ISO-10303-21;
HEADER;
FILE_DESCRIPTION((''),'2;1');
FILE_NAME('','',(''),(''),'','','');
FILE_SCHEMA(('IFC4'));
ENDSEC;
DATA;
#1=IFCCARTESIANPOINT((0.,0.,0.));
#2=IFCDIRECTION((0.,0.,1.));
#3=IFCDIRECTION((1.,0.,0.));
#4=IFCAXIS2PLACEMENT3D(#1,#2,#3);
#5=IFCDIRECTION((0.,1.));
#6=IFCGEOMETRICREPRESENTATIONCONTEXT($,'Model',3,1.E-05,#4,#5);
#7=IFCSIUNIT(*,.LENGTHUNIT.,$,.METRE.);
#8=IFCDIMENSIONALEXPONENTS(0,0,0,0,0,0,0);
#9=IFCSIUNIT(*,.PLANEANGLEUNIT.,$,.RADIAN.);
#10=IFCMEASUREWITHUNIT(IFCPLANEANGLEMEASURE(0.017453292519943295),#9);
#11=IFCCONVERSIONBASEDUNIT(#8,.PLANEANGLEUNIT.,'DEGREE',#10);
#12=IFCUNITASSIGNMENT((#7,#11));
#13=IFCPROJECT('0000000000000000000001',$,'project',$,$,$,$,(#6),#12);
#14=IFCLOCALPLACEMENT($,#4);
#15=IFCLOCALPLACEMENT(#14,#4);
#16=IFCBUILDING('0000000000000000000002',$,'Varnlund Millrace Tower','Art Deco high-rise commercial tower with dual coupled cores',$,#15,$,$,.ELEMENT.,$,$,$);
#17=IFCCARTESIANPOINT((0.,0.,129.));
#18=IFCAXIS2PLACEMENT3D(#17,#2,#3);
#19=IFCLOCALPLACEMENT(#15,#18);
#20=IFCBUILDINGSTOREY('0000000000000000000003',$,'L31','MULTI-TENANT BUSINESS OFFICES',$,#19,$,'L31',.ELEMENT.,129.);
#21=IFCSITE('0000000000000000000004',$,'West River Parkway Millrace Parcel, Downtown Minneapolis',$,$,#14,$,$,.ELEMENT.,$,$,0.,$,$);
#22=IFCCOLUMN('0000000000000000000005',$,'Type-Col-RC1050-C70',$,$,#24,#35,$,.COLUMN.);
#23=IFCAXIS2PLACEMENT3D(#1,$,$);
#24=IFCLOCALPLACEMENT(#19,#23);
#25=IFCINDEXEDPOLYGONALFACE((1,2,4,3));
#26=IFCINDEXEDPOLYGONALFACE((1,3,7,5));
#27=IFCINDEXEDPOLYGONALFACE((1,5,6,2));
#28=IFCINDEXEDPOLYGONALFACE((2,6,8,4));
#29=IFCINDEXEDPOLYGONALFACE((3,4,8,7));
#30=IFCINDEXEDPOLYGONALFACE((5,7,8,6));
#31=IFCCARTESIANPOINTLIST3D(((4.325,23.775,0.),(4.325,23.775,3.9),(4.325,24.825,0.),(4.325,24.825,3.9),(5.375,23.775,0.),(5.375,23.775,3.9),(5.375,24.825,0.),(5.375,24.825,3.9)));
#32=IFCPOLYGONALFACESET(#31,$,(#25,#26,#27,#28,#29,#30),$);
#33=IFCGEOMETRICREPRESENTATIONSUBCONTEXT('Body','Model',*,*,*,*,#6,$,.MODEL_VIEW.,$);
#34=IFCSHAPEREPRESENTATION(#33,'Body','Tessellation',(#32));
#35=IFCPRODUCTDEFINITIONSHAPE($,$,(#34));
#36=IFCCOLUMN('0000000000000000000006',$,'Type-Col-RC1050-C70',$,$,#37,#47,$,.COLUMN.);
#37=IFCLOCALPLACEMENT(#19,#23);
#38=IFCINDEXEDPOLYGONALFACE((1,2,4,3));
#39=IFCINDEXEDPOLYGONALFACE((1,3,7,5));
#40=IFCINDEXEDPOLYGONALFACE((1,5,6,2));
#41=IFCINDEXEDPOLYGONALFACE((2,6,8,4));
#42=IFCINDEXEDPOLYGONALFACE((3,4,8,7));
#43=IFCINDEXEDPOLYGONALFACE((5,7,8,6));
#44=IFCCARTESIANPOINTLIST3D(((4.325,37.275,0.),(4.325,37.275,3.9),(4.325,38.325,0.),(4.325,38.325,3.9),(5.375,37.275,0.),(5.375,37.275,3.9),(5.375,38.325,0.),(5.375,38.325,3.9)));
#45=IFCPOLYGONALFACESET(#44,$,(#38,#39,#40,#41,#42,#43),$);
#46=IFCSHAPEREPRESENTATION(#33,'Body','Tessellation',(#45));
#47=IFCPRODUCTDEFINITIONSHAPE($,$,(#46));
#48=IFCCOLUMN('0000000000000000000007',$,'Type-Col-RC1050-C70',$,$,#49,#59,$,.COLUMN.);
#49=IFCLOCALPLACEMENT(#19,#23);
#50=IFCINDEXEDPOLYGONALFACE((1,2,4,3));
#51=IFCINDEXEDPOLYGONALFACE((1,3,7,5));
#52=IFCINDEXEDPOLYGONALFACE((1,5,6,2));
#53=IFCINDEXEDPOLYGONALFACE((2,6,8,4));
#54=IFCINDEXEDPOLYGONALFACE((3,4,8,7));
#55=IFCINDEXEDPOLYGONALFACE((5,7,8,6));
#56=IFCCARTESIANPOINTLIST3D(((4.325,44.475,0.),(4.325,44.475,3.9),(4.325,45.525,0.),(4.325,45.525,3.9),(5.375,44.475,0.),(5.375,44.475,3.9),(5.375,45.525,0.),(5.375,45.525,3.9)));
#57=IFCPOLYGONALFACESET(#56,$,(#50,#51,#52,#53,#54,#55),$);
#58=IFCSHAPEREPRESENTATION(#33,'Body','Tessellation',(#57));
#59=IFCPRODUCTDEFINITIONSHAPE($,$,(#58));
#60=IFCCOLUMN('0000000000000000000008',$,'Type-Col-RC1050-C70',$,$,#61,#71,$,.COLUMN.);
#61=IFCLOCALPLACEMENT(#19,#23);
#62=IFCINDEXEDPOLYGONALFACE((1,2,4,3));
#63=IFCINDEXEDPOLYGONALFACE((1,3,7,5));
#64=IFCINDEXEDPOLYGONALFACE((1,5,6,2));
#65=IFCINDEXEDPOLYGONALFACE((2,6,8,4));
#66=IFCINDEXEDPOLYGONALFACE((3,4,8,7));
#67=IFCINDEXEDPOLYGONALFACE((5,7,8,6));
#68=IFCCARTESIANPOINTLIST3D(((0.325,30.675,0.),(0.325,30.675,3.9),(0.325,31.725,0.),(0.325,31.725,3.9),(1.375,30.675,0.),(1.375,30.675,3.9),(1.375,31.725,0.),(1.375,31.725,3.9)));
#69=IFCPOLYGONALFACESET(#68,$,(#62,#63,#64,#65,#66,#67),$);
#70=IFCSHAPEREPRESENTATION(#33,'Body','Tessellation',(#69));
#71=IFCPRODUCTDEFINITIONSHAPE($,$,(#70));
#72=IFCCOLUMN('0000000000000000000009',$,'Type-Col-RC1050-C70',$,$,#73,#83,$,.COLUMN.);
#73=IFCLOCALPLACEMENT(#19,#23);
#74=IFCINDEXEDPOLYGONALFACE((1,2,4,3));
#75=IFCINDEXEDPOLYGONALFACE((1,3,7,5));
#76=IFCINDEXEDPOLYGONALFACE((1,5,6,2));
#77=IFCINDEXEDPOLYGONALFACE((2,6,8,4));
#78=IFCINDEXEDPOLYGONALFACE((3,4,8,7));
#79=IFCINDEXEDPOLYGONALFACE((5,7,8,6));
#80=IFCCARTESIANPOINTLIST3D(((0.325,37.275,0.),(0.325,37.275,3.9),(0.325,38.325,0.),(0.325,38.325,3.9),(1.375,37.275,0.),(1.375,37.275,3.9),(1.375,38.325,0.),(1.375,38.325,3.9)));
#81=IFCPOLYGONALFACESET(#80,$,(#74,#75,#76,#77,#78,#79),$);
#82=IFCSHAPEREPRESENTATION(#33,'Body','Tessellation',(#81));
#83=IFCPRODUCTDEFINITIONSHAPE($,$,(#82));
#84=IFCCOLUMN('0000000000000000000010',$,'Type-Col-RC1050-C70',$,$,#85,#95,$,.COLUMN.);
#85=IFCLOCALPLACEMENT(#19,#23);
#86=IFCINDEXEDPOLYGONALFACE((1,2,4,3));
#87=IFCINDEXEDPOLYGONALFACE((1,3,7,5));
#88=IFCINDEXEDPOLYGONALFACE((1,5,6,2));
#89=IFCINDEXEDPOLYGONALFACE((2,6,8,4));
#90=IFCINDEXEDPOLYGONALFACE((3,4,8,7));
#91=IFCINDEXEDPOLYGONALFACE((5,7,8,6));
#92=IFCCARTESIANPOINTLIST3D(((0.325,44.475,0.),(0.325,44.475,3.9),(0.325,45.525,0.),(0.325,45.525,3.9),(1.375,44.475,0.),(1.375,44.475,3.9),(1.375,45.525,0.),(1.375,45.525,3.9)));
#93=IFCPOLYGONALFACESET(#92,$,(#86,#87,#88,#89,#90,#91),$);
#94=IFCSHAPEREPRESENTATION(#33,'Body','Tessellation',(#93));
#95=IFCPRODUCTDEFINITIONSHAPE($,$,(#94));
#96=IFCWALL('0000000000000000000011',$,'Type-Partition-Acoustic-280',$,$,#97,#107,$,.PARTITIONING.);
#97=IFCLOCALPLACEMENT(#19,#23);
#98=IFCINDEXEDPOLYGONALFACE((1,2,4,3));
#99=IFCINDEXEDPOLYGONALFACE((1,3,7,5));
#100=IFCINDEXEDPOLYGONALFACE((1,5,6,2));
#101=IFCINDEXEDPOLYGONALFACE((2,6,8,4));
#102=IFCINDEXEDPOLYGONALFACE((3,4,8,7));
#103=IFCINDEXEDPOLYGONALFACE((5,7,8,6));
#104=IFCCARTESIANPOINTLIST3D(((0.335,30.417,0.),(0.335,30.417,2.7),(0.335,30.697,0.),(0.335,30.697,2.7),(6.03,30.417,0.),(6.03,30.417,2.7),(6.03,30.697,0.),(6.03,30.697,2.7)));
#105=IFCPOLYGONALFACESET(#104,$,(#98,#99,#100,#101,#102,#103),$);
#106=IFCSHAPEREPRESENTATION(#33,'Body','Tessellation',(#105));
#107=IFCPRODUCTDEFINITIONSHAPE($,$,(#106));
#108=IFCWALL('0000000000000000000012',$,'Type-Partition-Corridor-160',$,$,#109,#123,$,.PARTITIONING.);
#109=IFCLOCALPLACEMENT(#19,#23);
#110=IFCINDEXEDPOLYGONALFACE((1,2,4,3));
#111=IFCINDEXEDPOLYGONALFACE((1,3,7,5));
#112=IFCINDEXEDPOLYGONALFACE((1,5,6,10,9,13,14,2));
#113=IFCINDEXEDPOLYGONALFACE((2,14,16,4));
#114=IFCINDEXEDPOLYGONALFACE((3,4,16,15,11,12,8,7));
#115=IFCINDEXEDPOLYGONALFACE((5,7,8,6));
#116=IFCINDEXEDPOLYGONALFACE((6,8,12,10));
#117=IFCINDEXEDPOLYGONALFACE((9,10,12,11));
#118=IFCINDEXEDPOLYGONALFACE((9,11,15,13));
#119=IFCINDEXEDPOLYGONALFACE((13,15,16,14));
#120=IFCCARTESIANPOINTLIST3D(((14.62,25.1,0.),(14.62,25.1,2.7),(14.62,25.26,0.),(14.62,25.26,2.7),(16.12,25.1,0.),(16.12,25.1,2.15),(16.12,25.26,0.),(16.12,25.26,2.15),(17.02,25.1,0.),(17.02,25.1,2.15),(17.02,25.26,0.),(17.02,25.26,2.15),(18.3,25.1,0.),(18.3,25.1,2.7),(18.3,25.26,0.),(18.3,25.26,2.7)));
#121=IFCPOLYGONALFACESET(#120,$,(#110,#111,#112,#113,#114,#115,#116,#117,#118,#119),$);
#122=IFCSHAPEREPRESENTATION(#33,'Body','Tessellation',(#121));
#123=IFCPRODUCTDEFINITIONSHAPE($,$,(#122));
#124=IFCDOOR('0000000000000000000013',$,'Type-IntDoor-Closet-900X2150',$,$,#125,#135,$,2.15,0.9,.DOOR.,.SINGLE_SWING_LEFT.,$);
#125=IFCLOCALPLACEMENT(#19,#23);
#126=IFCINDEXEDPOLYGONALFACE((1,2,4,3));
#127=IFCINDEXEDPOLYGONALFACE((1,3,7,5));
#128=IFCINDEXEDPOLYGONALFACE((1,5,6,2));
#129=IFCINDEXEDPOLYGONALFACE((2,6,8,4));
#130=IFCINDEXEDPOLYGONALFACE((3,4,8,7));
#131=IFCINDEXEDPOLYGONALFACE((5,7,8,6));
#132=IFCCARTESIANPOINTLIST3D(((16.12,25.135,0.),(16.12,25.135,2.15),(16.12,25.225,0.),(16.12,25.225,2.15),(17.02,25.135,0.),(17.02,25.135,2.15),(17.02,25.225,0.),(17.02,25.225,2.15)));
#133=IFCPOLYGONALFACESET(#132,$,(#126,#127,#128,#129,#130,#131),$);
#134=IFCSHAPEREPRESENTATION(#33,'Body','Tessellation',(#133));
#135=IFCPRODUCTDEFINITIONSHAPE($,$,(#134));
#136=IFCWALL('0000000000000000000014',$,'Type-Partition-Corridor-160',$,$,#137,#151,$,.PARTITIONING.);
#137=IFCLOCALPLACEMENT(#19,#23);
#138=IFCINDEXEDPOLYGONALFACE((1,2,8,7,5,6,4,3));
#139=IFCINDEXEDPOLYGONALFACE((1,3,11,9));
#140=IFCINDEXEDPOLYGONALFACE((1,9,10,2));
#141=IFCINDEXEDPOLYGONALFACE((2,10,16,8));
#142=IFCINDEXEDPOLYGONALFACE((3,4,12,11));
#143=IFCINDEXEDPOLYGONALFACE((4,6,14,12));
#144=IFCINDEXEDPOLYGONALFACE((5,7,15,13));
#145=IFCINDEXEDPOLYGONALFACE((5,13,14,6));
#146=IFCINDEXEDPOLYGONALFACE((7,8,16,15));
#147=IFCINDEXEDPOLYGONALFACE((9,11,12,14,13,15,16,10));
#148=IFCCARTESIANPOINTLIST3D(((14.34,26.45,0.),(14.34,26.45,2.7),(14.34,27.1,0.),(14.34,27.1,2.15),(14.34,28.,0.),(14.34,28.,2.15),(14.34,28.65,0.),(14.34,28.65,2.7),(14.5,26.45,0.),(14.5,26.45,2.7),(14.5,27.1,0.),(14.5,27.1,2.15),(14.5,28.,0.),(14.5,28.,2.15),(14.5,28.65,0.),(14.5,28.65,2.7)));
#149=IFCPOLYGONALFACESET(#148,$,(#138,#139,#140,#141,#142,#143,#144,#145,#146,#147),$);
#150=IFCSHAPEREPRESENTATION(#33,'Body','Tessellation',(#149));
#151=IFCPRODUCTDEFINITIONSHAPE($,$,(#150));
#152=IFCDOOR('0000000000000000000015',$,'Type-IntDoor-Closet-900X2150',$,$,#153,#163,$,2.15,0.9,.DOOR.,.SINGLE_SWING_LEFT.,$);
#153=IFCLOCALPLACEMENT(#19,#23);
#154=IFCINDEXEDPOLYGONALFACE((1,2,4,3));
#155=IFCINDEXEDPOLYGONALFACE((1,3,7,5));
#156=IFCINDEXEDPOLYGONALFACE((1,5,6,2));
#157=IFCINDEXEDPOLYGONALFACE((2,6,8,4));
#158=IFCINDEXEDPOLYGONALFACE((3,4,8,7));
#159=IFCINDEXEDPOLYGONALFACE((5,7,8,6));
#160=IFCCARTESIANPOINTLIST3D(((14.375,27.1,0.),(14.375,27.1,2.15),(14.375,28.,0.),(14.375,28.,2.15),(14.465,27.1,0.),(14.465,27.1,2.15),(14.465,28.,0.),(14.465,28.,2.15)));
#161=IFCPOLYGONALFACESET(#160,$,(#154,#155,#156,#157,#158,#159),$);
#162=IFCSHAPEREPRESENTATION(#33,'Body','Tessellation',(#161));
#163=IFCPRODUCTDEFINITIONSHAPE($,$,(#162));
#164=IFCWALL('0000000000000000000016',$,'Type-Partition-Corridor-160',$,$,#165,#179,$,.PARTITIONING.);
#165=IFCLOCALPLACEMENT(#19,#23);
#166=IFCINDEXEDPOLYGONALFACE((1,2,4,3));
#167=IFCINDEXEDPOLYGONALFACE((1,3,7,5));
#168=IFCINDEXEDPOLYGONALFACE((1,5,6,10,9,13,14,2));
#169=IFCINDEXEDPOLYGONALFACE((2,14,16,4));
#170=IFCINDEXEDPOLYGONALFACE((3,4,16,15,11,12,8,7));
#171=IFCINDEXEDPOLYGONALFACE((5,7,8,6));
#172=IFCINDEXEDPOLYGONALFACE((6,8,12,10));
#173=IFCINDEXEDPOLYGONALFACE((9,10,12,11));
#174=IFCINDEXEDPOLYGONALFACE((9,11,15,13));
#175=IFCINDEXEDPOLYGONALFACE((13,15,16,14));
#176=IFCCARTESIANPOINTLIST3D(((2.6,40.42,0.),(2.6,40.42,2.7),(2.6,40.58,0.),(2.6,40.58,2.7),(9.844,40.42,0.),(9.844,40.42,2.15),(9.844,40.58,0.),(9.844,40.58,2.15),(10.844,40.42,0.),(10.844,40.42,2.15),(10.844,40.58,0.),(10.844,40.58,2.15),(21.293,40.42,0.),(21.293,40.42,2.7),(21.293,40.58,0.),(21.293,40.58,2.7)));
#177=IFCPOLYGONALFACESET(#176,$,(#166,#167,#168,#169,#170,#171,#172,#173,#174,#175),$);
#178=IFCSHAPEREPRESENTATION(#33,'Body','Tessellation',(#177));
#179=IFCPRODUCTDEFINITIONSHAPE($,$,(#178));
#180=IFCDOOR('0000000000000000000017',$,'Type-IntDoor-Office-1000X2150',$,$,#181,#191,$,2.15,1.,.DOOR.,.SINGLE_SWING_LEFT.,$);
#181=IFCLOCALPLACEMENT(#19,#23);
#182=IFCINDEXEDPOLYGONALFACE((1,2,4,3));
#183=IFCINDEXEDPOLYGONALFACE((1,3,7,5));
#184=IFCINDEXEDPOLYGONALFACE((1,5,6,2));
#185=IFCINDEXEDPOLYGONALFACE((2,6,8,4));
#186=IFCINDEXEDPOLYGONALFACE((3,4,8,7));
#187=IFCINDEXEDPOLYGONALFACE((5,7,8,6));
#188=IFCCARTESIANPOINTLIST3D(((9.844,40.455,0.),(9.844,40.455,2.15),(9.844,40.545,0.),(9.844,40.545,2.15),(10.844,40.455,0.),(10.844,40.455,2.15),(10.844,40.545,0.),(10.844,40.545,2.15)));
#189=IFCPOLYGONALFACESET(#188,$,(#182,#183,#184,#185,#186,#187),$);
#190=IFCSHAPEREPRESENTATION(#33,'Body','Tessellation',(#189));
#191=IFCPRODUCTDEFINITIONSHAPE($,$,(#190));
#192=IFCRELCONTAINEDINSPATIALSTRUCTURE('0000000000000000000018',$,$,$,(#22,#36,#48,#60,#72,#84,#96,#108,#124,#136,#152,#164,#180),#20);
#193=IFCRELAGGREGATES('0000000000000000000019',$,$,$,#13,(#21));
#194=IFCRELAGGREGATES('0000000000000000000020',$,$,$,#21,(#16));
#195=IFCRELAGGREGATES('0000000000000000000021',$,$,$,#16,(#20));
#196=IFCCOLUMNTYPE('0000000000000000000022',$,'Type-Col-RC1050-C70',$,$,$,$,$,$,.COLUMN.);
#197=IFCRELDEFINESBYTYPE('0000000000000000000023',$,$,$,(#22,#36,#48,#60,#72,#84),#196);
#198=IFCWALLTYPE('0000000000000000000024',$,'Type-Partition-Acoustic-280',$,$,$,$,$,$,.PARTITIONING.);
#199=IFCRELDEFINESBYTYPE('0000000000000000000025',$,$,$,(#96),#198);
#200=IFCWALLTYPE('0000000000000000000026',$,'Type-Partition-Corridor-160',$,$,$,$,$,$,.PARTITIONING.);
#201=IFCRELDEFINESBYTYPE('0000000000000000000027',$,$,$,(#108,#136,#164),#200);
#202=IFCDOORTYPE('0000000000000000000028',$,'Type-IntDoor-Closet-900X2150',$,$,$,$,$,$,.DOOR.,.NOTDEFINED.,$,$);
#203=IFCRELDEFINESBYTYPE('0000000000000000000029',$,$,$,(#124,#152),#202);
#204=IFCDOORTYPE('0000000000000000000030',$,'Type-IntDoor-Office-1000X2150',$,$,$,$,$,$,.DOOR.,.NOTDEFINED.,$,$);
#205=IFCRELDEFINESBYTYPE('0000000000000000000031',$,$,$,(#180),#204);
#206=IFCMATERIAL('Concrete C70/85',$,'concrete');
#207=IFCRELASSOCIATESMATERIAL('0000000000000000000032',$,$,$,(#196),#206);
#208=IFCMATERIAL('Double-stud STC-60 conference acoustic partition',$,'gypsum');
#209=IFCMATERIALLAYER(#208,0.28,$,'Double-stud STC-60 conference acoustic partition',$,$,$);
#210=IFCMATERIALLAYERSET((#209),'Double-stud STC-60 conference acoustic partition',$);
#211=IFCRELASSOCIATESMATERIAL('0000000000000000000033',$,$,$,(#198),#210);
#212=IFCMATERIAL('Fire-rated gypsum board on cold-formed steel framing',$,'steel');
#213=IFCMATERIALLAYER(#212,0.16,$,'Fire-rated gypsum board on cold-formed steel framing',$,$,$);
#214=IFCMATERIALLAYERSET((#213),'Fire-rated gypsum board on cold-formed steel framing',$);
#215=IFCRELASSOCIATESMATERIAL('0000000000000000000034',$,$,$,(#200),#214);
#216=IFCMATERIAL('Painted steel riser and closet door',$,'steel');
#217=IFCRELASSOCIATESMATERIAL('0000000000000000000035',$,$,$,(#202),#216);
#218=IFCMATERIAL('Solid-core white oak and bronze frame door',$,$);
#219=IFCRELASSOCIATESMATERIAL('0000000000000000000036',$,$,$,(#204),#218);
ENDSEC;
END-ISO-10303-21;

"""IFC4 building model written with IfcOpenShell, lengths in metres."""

from ifc_helpers import new_model, entity, si_unit, converted_unit, direction, frame, origin_with_axes, origin_2d_with_axis, place, context, subcontext, project, spatial, polyline, rectangle, outline, extrude, material, layer, layer_set, material_profile, profile_set, type_object, element, fill, save


model = new_model("IFC4")

# Units and contexts
model_context = context("Model", 3, precision=1e-05, world=origin_with_axes(), true_north=direction((0.0, 1.0)))
body_context = subcontext(model_context, "Body", "Model", "MODEL_VIEW")
ifc_project = project(units=[si_unit("LENGTHUNIT", "METRE"), converted_unit("PLANEANGLEUNIT", "DEGREE", entity("IfcPlaneAngleMeasure", 0.017453292519943295), si_unit("PLANEANGLEUNIT", "RADIAN"), dimensions=[0, 0, 0, 0, 0, 0, 0])], contexts=[model_context])

# Site, building, storey
site_placement = place(None, origin_with_axes())
site = spatial("IfcSite", under=ifc_project, at=site_placement, Name="West River Parkway Millrace Parcel, Downtown Minneapolis", CompositionType="ELEMENT", RefElevation=0.0)
building_placement = place(site_placement, origin_with_axes())
building = spatial("IfcBuilding", under=site, at=building_placement, Name="Varnlund Millrace Tower", Description="Art Deco high-rise commercial tower with dual coupled cores", CompositionType="ELEMENT")
storey_placement = place(building_placement, frame((0.0, 0.0, 129.0), z_axis=(0.0, 0.0, 1.0), x_axis=(1.0, 0.0, 0.0)))
storey = spatial("IfcBuildingStorey", under=building, at=storey_placement, Name="L31", Description="MULTI-TENANT BUSINESS OFFICES", LongName="L31", CompositionType="ELEMENT", Elevation=129.0)

# Columns
ifc_material_1 = material(Name="Concrete C70/85", Category="concrete")
ifc_material_profile = material_profile(ifc_material_1, rectangle(XDim=1.05, YDim=1.05, at=origin_2d_with_axis()), Name="Concrete C70/85")
ifc_profile_set = profile_set([ifc_material_profile], Name="Concrete C70/85")
column_type = type_object("IfcColumnType", Name="Type-Col-RC1050-C70", PredefinedType="COLUMN", material=ifc_profile_set)
for number, where, z_axis, x_axis, name in (
    (1, (4.85, 24.3, 0.0), (0.0, 0.0, 1.0), (1.0, 0.0, 0.0), "Type-Col-RC1050-C70"),
    (2, (4.85, 37.8, 0.0), (0.0, 0.0, 1.0), (1.0, 0.0, 0.0), "Type-Col-RC1050-C70"),
    (3, (4.85, 45.0, 0.0), (0.0, 0.0, 1.0), (1.0, 0.0, 0.0), "Type-Col-RC1050-C70"),
    (4, (0.85, 31.2, 0.0), (0.0, 0.0, 1.0), (1.0, 0.0, 0.0), "Type-Col-RC1050-C70"),
    (5, (0.85, 37.8, 0.0), (0.0, 0.0, 1.0), (1.0, 0.0, 0.0), "Type-Col-RC1050-C70"),
    (6, (0.85, 45.0, 0.0), (0.0, 0.0, 1.0), (1.0, 0.0, 0.0), "Type-Col-RC1050-C70"),
):
    element("IfcColumn", number, at=place(storey_placement, frame(where, z_axis=z_axis, x_axis=x_axis)), inside=storey, type_object=column_type, Name=name, PredefinedType="COLUMN", context=body_context, shape_type="SweptSolid", body=[
        extrude(rectangle(XDim=1.05, YDim=1.05, at=origin_2d_with_axis()), origin_with_axes(), (0.0, 0.0, 1.0), 3.9),
    ])

# Wall
ifc_material_2 = material(Name="Double-stud STC-60 conference acoustic partition", Category="gypsum")
ifc_layer_1 = layer(ifc_material_2, 0.28, Name="Double-stud STC-60 conference acoustic partition")
ifc_layer_set_1 = layer_set([ifc_layer_1], Name="Double-stud STC-60 conference acoustic partition")
wall_type_1 = type_object("IfcWallType", Name="Type-Partition-Acoustic-280", PredefinedType="PARTITIONING", material=ifc_layer_set_1)
wall_1_placement = place(storey_placement, frame((0.335, 30.557, 0.0), z_axis=(0.0, 0.0, 1.0), x_axis=(1.0, 0.0, 0.0)))
element("IfcWall", 7, at=wall_1_placement, inside=storey, type_object=wall_type_1, Name="Type-Partition-Acoustic-280", PredefinedType="PARTITIONING", context=body_context, shape_type="SweptSolid", body=[
    extrude(outline(polyline([(0.0, -0.14), (5.695, -0.14), (5.695, 0.14), (0.0, 0.14), (0.0, -0.14)])), origin_with_axes(), (0.0, 0.0, 1.0), 2.7),
])

# Walls, openings, doors
ifc_material_3 = material(Name="Fire-rated gypsum board on cold-formed steel framing", Category="steel")
ifc_layer_2 = layer(ifc_material_3, 0.16, Name="Fire-rated gypsum board on cold-formed steel framing")
ifc_layer_set_2 = layer_set([ifc_layer_2], Name="Fire-rated gypsum board on cold-formed steel framing")
wall_type_2 = type_object("IfcWallType", Name="Type-Partition-Corridor-160", PredefinedType="PARTITIONING", material=ifc_layer_set_2)
wall_2_placement = place(storey_placement, frame((14.62, 25.18, 0.0), z_axis=(0.0, 0.0, 1.0), x_axis=(1.0, 0.0, 0.0)))
wall_2 = element("IfcWall", 8, at=wall_2_placement, inside=storey, type_object=wall_type_2, Name="Type-Partition-Corridor-160", PredefinedType="PARTITIONING", context=body_context, shape_type="SweptSolid", body=[
    extrude(outline(polyline([(0.0, -0.08), (3.68, -0.08), (3.68, 0.08), (0.0, 0.08), (0.0, -0.08)])), origin_with_axes(), (0.0, 0.0, 1.0), 2.7),
])
opening_1_placement = place(wall_2_placement, frame((1.95, 0.0, 0.0), z_axis=(0.0, 0.0, 1.0), x_axis=(1.0, 0.0, 0.0)))
opening_1 = element("IfcOpeningElement", 9, at=opening_1_placement, cuts=wall_2, PredefinedType="OPENING", context=body_context, shape_type="SweptSolid", body=[
    extrude(rectangle(XDim=0.9, YDim=0.18, at=origin_2d_with_axis()), origin_with_axes(), (0.0, 0.0, 1.0), 2.15),
])
ifc_material_4 = material(Name="Painted steel riser and closet door", Category="steel")
door_type_1 = type_object("IfcDoorType", Name="Type-IntDoor-Closet-900X2150", OperationType="NOTDEFINED", PredefinedType="DOOR", material=ifc_material_4)
door_1_placement = place(wall_2_placement, frame((1.95, 0.0, 0.0), z_axis=(0.0, 0.0, 1.0), x_axis=(1.0, 0.0, 0.0)))
door_1 = element("IfcDoor", 10, at=door_1_placement, inside=storey, type_object=door_type_1, Name="Type-IntDoor-Closet-900X2150", OperationType="SINGLE_SWING_LEFT", OverallHeight=2.15, OverallWidth=0.9, PredefinedType="DOOR", context=body_context, shape_type="SweptSolid", body=[
    extrude(rectangle(XDim=0.9, YDim=0.09, at=origin_2d_with_axis()), origin_with_axes(), (0.0, 0.0, 1.0), 2.15),
])
fill(opening_1, door_1)
wall_3_placement = place(storey_placement, frame((14.42, 26.45, 0.0), z_axis=(0.0, 0.0, 1.0), x_axis=(0.0, 1.0, 0.0)))
wall_3 = element("IfcWall", 11, at=wall_3_placement, inside=storey, type_object=wall_type_2, Name="Type-Partition-Corridor-160", PredefinedType="PARTITIONING", context=body_context, shape_type="SweptSolid", body=[
    extrude(outline(polyline([(0.0, -0.08), (2.2, -0.08), (2.2, 0.08), (0.0, 0.08), (0.0, -0.08)])), origin_with_axes(), (0.0, 0.0, 1.0), 2.7),
])
opening_2_placement = place(wall_3_placement, frame((1.1, 0.0, 0.0), z_axis=(0.0, 0.0, 1.0), x_axis=(1.0, 0.0, 0.0)))
opening_2 = element("IfcOpeningElement", 12, at=opening_2_placement, cuts=wall_3, PredefinedType="OPENING", context=body_context, shape_type="SweptSolid", body=[
    extrude(rectangle(XDim=0.9, YDim=0.18, at=origin_2d_with_axis()), origin_with_axes(), (0.0, 0.0, 1.0), 2.15),
])
door_2_placement = place(wall_3_placement, frame((1.1, 0.0, 0.0), z_axis=(0.0, 0.0, 1.0), x_axis=(1.0, 0.0, 0.0)))
door_2 = element("IfcDoor", 13, at=door_2_placement, inside=storey, type_object=door_type_1, Name="Type-IntDoor-Closet-900X2150", OperationType="SINGLE_SWING_LEFT", OverallHeight=2.15, OverallWidth=0.9, PredefinedType="DOOR", context=body_context, shape_type="SweptSolid", body=[
    extrude(rectangle(XDim=0.9, YDim=0.09, at=origin_2d_with_axis()), origin_with_axes(), (0.0, 0.0, 1.0), 2.15),
])
fill(opening_2, door_2)
wall_4_placement = place(storey_placement, frame((2.6, 40.5, 0.0), z_axis=(0.0, 0.0, 1.0), x_axis=(1.0, 0.0, 0.0)))
wall_4 = element("IfcWall", 14, at=wall_4_placement, inside=storey, type_object=wall_type_2, Name="Type-Partition-Corridor-160", PredefinedType="PARTITIONING", context=body_context, shape_type="SweptSolid", body=[
    extrude(outline(polyline([(0.0, -0.08), (18.693, -0.08), (18.693, 0.08), (0.0, 0.08), (0.0, -0.08)])), origin_with_axes(), (0.0, 0.0, 1.0), 2.7),
])
opening_3_placement = place(wall_4_placement, frame((7.744, 0.0, 0.0), z_axis=(0.0, 0.0, 1.0), x_axis=(1.0, 0.0, 0.0)))
opening_3 = element("IfcOpeningElement", 15, at=opening_3_placement, cuts=wall_4, PredefinedType="OPENING", context=body_context, shape_type="SweptSolid", body=[
    extrude(rectangle(XDim=1.0, YDim=0.18, at=origin_2d_with_axis()), origin_with_axes(), (0.0, 0.0, 1.0), 2.15),
])
ifc_material_5 = material(Name="Solid-core white oak and bronze frame door")
door_type_2 = type_object("IfcDoorType", Name="Type-IntDoor-Office-1000X2150", OperationType="NOTDEFINED", PredefinedType="DOOR", material=ifc_material_5)
door_3_placement = place(wall_4_placement, frame((7.744, 0.0, 0.0), z_axis=(0.0, 0.0, 1.0), x_axis=(1.0, 0.0, 0.0)))
door_3 = element("IfcDoor", 16, at=door_3_placement, inside=storey, type_object=door_type_2, Name="Type-IntDoor-Office-1000X2150", OperationType="SINGLE_SWING_LEFT", OverallHeight=2.15, OverallWidth=1.0, PredefinedType="DOOR", context=body_context, shape_type="SweptSolid", body=[
    extrude(rectangle(XDim=1.0, YDim=0.09, at=origin_2d_with_axis()), origin_with_axes(), (0.0, 0.0, 1.0), 2.15),
])
fill(opening_3, door_3)

save(model, "model.ifc")
